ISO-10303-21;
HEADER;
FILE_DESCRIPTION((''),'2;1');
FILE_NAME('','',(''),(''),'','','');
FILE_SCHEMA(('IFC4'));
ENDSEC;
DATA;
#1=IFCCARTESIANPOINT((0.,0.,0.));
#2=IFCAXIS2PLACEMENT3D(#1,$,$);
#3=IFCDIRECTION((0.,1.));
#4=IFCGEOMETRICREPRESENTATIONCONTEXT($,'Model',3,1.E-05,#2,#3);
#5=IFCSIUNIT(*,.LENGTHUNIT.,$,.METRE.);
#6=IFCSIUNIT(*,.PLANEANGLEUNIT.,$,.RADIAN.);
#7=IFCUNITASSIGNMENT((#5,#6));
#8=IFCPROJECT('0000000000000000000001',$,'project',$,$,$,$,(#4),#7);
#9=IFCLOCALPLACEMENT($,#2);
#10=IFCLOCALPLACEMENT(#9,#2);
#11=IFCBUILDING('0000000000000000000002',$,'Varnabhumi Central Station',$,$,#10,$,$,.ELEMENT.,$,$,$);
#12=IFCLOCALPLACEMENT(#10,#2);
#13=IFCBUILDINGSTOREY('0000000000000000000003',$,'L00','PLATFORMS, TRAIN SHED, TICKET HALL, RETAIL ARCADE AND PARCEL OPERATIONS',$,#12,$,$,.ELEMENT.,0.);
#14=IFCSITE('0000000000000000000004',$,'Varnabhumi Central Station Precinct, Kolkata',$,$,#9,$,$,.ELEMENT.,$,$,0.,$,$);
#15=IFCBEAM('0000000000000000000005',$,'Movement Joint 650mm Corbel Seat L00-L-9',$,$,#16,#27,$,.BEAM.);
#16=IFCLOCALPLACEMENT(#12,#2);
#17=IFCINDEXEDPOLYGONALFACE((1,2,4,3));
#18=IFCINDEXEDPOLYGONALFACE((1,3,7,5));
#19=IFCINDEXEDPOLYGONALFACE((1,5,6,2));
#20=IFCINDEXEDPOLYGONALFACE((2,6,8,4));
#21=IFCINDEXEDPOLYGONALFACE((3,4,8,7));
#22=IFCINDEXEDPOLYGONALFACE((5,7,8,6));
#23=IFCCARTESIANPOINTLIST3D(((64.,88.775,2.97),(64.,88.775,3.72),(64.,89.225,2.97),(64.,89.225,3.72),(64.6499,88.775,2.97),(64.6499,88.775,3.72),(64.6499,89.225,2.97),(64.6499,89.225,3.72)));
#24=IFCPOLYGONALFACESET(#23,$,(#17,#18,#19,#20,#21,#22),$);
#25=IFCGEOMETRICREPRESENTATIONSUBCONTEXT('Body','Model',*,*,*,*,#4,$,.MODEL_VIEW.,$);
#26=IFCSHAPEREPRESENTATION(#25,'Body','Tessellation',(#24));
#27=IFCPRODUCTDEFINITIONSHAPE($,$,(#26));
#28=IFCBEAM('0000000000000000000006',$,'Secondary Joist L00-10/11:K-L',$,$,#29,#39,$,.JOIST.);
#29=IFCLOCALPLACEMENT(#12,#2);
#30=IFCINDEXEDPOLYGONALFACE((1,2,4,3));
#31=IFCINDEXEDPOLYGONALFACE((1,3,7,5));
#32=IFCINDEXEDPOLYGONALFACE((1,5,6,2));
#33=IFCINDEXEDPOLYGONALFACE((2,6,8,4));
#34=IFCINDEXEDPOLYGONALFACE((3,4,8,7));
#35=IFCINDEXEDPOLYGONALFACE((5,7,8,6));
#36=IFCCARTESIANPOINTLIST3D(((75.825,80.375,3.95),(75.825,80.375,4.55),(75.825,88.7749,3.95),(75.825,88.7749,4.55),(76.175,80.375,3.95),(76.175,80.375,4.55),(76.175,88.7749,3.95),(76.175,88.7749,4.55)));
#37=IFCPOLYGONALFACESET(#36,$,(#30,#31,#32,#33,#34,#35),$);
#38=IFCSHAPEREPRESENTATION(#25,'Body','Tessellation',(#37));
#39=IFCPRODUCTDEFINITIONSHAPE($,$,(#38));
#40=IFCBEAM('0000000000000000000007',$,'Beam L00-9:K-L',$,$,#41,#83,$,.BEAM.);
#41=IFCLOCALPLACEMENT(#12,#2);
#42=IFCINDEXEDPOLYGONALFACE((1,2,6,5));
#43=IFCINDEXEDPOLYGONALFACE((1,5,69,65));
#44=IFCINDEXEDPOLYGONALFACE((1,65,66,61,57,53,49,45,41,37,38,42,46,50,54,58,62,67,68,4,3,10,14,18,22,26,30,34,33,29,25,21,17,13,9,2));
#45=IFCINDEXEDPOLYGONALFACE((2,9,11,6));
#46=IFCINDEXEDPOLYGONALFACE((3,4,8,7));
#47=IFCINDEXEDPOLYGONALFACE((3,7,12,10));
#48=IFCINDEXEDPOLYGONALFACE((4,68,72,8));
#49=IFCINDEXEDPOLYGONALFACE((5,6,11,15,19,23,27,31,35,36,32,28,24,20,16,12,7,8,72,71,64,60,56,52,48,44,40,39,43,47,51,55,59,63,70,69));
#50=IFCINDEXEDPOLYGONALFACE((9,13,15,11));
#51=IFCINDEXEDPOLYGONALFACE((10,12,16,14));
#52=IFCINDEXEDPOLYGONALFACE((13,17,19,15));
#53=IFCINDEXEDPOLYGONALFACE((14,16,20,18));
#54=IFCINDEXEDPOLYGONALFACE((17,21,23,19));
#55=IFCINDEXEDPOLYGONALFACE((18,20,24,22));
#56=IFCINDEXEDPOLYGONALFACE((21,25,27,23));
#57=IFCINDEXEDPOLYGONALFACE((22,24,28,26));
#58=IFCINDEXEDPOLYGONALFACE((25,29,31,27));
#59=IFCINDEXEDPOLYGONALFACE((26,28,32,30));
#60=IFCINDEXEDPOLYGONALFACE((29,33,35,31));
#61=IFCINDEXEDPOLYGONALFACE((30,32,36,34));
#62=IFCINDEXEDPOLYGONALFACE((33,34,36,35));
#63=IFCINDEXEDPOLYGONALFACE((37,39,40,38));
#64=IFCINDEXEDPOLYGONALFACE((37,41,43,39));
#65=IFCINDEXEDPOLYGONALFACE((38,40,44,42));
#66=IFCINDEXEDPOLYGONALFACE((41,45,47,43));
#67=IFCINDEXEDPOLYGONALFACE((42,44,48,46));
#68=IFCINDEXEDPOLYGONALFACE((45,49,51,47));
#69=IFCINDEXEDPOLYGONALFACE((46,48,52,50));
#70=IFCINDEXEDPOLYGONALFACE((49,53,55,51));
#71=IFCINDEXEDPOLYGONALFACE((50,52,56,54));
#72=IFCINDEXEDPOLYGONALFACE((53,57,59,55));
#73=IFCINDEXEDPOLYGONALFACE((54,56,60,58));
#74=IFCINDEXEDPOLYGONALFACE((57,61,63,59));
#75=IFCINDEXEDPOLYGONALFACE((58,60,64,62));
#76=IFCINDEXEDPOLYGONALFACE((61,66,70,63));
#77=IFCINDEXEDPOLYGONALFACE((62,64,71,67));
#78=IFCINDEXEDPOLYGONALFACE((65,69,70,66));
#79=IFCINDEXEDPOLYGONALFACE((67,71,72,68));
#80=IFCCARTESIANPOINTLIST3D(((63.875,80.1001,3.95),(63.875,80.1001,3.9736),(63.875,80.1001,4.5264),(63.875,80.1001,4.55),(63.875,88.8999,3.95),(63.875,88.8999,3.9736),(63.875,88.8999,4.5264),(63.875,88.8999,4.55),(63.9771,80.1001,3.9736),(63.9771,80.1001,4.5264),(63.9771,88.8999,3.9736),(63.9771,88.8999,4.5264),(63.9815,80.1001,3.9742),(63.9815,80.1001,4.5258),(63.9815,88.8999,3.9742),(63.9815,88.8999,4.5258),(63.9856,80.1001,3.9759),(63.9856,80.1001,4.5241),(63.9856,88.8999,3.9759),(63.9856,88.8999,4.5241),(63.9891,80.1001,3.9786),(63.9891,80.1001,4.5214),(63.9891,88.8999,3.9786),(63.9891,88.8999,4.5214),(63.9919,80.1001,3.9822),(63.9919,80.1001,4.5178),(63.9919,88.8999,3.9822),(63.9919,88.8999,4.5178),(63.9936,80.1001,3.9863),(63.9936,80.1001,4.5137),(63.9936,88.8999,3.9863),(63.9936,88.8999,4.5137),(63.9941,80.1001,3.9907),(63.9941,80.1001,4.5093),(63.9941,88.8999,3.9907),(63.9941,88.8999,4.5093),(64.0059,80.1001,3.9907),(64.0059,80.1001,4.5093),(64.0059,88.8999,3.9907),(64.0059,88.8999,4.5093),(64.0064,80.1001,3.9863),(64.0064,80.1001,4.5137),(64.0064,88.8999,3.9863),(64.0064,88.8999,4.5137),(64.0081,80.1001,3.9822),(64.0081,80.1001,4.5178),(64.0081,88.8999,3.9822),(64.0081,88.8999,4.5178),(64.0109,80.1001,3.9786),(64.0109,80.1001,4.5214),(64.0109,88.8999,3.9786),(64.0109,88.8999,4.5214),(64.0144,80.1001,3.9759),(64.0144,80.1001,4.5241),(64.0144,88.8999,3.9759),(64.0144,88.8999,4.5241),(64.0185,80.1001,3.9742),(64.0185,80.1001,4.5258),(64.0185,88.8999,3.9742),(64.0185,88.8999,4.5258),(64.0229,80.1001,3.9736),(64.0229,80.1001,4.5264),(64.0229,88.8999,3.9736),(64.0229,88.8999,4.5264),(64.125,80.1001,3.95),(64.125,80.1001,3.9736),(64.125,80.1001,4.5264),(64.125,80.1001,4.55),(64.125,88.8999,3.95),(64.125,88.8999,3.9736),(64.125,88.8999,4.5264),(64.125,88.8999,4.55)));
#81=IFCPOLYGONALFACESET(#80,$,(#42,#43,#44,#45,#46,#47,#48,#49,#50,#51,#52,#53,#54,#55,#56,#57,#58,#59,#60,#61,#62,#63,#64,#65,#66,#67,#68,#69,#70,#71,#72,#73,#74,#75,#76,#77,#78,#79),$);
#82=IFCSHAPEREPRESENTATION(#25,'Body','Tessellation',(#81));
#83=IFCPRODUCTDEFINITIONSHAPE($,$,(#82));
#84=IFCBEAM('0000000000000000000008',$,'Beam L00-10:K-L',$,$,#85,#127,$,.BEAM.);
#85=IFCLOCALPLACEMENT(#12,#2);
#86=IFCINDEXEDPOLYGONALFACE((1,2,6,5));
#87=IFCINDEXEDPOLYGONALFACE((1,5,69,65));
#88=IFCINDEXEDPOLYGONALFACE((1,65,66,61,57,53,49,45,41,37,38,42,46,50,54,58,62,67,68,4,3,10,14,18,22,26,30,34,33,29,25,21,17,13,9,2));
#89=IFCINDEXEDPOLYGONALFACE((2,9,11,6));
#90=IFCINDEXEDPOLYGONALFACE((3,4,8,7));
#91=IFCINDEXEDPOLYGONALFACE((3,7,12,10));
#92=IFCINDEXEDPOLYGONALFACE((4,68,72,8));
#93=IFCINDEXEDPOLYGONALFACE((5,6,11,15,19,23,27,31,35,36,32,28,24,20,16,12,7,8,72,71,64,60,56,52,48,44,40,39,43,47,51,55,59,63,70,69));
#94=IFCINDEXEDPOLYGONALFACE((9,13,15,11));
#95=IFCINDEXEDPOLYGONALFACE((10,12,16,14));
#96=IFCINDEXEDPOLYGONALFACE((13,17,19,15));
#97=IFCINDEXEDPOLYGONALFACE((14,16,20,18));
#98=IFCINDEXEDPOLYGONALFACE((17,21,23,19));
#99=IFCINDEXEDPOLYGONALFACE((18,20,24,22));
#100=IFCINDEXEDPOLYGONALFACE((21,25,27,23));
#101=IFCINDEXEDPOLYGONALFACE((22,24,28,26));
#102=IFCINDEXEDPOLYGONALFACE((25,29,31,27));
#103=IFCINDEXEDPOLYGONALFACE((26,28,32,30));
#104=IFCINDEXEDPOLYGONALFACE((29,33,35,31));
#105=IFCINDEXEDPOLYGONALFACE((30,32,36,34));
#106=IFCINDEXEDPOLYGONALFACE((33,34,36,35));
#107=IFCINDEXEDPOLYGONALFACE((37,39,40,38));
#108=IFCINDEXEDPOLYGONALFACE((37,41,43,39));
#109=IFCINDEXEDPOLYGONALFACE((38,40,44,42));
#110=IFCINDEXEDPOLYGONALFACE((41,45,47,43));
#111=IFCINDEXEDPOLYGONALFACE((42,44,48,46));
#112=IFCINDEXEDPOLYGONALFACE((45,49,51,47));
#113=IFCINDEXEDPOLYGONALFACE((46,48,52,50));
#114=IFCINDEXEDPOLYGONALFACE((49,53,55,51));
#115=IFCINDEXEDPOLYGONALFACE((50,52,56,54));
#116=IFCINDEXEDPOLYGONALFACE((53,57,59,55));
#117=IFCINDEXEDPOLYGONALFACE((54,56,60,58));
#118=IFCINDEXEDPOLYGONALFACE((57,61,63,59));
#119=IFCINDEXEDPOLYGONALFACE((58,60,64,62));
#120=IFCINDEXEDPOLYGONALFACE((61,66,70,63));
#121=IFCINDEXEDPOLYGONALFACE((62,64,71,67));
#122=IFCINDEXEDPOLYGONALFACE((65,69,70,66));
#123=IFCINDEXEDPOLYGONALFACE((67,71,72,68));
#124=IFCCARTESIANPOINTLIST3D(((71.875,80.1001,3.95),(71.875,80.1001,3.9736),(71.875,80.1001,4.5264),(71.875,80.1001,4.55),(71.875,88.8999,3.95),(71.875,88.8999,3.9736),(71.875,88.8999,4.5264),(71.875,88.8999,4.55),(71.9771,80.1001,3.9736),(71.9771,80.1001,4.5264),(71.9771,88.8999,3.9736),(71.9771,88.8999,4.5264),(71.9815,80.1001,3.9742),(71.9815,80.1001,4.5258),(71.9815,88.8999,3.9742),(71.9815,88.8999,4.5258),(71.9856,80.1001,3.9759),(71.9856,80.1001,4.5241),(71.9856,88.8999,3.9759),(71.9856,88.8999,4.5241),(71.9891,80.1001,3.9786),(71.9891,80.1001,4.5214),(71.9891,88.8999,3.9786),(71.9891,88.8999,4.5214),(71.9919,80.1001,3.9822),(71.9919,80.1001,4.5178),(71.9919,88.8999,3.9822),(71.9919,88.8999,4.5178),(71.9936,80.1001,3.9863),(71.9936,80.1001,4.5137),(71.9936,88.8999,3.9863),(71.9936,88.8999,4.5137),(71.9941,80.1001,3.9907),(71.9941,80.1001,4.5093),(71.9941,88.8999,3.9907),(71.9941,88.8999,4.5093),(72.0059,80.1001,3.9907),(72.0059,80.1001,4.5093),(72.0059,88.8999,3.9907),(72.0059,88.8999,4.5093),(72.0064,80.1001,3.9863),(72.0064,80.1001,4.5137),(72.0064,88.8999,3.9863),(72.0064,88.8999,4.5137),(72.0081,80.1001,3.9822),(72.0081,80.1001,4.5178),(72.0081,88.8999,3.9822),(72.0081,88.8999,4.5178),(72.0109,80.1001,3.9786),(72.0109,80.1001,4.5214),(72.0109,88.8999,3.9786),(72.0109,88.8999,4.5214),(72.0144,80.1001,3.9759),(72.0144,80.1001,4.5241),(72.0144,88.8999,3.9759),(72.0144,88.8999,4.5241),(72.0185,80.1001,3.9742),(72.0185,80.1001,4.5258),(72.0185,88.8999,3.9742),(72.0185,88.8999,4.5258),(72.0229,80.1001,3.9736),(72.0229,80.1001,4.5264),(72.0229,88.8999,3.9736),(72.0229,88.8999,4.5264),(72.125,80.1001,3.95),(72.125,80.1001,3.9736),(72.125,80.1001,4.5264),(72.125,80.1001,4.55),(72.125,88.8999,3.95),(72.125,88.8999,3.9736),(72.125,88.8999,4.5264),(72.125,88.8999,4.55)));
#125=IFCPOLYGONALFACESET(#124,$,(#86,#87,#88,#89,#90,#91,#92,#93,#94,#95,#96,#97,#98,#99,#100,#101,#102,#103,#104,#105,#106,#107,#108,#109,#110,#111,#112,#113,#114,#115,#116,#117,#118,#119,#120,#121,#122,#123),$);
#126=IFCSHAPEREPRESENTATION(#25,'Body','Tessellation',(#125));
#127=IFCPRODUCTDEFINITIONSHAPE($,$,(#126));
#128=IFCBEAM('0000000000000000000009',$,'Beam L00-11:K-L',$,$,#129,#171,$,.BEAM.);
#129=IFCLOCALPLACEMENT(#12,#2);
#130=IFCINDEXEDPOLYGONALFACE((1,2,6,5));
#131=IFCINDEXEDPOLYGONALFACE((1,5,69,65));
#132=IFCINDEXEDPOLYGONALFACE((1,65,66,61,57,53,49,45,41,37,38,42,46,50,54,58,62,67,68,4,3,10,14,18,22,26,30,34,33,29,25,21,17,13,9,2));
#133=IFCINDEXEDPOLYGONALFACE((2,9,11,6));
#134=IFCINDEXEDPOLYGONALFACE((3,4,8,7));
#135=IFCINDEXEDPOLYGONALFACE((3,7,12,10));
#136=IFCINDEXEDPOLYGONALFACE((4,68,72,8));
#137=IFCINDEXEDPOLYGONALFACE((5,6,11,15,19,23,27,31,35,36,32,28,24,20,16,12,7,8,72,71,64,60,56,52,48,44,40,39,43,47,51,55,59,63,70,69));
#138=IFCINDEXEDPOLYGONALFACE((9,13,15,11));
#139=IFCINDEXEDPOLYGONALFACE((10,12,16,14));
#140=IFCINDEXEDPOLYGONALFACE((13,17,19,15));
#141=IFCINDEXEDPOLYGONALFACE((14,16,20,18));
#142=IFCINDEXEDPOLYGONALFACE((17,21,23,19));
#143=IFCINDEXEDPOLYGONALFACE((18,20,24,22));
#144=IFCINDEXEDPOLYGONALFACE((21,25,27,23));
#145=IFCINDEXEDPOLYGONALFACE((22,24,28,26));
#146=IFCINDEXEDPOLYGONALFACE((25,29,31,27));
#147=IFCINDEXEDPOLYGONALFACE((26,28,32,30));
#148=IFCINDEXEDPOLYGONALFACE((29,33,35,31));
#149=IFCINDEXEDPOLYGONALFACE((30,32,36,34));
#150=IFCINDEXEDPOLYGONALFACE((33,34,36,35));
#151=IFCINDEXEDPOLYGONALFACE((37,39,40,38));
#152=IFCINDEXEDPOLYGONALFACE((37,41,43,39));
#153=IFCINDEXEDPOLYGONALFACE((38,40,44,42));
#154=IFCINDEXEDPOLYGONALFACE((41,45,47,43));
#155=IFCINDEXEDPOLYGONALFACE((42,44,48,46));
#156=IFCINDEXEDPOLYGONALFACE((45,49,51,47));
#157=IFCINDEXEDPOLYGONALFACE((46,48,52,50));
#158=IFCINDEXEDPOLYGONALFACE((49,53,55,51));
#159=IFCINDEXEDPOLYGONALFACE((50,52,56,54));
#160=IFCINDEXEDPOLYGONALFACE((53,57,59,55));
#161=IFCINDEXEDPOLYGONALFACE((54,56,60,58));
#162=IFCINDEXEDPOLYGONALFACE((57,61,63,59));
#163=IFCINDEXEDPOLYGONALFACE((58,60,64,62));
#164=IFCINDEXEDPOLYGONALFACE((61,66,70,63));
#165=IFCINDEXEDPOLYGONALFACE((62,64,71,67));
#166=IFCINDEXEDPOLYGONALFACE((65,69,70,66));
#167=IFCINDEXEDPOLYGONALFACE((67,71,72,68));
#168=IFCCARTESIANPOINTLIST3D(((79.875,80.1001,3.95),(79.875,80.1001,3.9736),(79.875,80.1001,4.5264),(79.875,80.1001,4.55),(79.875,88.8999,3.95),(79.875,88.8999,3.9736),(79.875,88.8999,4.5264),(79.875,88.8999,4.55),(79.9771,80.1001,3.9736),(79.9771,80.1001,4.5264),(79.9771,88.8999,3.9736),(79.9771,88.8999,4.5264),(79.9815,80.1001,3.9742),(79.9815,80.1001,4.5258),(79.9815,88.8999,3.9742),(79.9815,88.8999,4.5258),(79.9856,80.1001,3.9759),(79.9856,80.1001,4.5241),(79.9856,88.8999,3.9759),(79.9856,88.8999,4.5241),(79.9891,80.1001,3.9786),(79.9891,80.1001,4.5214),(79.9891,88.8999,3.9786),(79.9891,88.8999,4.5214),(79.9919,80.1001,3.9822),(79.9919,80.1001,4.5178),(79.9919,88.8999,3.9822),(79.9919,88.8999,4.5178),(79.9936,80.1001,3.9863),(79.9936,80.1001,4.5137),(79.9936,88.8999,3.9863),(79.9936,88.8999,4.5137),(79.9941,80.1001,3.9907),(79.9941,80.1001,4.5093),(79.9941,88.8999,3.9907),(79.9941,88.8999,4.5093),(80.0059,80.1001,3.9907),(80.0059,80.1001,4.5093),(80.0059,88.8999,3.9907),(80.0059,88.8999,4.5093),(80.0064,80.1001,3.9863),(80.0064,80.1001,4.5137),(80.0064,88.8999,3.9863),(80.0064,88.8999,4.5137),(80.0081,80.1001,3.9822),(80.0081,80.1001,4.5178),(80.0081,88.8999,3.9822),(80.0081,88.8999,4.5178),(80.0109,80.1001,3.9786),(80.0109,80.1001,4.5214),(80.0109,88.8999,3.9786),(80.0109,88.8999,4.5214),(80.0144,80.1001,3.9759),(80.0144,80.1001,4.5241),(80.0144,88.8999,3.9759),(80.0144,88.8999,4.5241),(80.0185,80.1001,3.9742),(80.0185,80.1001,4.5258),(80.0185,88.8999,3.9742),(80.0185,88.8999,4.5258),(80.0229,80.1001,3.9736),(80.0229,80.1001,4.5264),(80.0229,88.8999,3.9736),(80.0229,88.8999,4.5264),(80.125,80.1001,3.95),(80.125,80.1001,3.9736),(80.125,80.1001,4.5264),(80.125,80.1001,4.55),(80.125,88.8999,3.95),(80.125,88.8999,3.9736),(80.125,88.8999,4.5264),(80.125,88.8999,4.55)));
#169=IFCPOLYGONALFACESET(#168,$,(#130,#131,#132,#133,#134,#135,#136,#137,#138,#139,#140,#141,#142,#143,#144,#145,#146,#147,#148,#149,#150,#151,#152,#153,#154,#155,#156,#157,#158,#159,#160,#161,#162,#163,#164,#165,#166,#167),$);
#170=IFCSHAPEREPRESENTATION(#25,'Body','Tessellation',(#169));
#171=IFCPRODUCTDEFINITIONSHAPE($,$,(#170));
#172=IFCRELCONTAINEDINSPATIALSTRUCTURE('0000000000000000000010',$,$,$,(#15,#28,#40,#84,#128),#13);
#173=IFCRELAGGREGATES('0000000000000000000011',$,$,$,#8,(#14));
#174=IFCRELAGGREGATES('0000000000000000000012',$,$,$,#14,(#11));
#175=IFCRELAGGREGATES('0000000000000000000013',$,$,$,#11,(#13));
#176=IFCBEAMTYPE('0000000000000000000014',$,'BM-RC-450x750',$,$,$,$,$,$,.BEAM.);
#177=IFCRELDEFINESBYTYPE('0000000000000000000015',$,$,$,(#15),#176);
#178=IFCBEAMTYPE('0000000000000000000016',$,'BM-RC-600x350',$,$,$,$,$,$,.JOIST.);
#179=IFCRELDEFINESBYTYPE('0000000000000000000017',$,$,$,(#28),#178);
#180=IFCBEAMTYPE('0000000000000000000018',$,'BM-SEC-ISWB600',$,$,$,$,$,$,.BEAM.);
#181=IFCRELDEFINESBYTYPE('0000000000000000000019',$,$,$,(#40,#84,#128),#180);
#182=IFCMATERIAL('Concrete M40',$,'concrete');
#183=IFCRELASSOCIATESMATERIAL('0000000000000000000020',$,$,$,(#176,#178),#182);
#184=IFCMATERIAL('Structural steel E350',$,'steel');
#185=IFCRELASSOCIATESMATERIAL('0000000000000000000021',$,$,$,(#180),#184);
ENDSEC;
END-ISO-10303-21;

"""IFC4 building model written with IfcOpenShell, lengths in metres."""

from ifc_helpers import new_model, si_unit, direction, frame, origin, origin_2d, place, context, subcontext, project, spatial, rectangle, i_section, extrude, material, material_profile, profile_set, type_object, element, save


model = new_model("IFC4")

# Units and contexts
model_context = context("Model", 3, precision=1e-05, world=origin(), true_north=direction((0.0, 1.0)))
body_context = subcontext(model_context, "Body", "Model", "MODEL_VIEW")
ifc_project = project(units=[si_unit("LENGTHUNIT", "METRE"), si_unit("PLANEANGLEUNIT", "RADIAN")], contexts=[model_context])

# Site, building, storey
site_placement = place(None, origin())
site = spatial("IfcSite", under=ifc_project, at=site_placement, Name="Varnabhumi Central Station Precinct, Kolkata", CompositionType="ELEMENT", RefElevation=0.0)
building_placement = place(site_placement, origin())
building = spatial("IfcBuilding", under=site, at=building_placement, Name="Varnabhumi Central Station", CompositionType="ELEMENT")
storey_placement = place(building_placement, origin())
storey = spatial("IfcBuildingStorey", under=building, at=storey_placement, Name="L00", Description="PLATFORMS, TRAIN SHED, TICKET HALL, RETAIL ARCADE AND PARCEL OPERATIONS", CompositionType="ELEMENT", Elevation=0.0)

# Shared definitions
ifc_material_1 = material(Name="Concrete M40", Category="concrete")

# Beams
ifc_material_profile_1 = material_profile(ifc_material_1, rectangle(XDim=0.45, YDim=0.75, at=origin_2d()), Name="Concrete M40", Category="concrete")
ifc_profile_set_1 = profile_set([ifc_material_profile_1], Name="Concrete M40")
beam_type_1 = type_object("IfcBeamType", Name="BM-RC-450x750", PredefinedType="BEAM", material=ifc_profile_set_1)
beam_1_placement = place(storey_placement, frame((64.0, 89.0, 3.345), z_axis=(1.0, 0.0, 0.0), x_axis=(0.0, 1.0, 0.0)))
element("IfcBeam", 1, at=beam_1_placement, inside=storey, type_object=beam_type_1, Name="Movement Joint 650mm Corbel Seat L00-L-9", PredefinedType="BEAM", context=body_context, shape_type="SweptSolid", body=[
    extrude(rectangle(XDim=0.45, YDim=0.75, at=origin_2d()), origin(), (0.0, 0.0, 1.0), 0.6499),
])
ifc_material_profile_2 = material_profile(ifc_material_1, rectangle(XDim=0.3501, YDim=0.6001, at=origin_2d()), Name="Concrete M40", Category="concrete")
ifc_profile_set_2 = profile_set([ifc_material_profile_2], Name="Concrete M40")
beam_type_2 = type_object("IfcBeamType", Name="BM-RC-600x350", PredefinedType="JOIST", material=ifc_profile_set_2)
beam_2_placement = place(storey_placement, frame((76.0, 80.375, 4.25), z_axis=(0.0, 1.0, 0.0), x_axis=(-1.0, 0.0, 0.0)))
element("IfcBeam", 2, at=beam_2_placement, inside=storey, type_object=beam_type_2, Name="Secondary Joist L00-10/11:K-L", PredefinedType="JOIST", context=body_context, shape_type="SweptSolid", body=[
    extrude(rectangle(XDim=0.3501, YDim=0.6001, at=origin_2d()), origin(), (0.0, 0.0, 1.0), 8.3999),
])
ifc_material_2 = material(Name="Structural steel E350", Category="steel")
ifc_material_profile_3 = material_profile(ifc_material_2, i_section(OverallWidth=0.25, OverallDepth=0.6001, WebThickness=0.0117, FlangeThickness=0.0237, FilletRadius=0.0171, at=origin_2d()), Name="Structural steel E350", Category="steel")
ifc_profile_set_3 = profile_set([ifc_material_profile_3], Name="Structural steel E350")
beam_type_3 = type_object("IfcBeamType", Name="BM-SEC-ISWB600", PredefinedType="BEAM", material=ifc_profile_set_3)
for number, where, z_axis, x_axis, name in (
    (3, (64.0, 80.1001, 4.25), (0.0, 1.0, 0.0), (-1.0, 0.0, 0.0), "Beam L00-9:K-L"),
    (4, (72.0, 80.1001, 4.25), (0.0, 1.0, 0.0), (-1.0, 0.0, 0.0), "Beam L00-10:K-L"),
    (5, (80.0, 80.1001, 4.25), (0.0, 1.0, 0.0), (-1.0, 0.0, 0.0), "Beam L00-11:K-L"),
):
    element("IfcBeam", number, at=place(storey_placement, frame(where, z_axis=z_axis, x_axis=x_axis)), inside=storey, type_object=beam_type_3, Name=name, PredefinedType="BEAM", context=body_context, shape_type="SweptSolid", body=[
        extrude(i_section(OverallWidth=0.25, OverallDepth=0.6001, WebThickness=0.0117, FlangeThickness=0.0237, FilletRadius=0.0171, at=origin_2d()), origin(), (0.0, 0.0, 1.0), 8.7998),
    ])

save(model, "model.ifc")
